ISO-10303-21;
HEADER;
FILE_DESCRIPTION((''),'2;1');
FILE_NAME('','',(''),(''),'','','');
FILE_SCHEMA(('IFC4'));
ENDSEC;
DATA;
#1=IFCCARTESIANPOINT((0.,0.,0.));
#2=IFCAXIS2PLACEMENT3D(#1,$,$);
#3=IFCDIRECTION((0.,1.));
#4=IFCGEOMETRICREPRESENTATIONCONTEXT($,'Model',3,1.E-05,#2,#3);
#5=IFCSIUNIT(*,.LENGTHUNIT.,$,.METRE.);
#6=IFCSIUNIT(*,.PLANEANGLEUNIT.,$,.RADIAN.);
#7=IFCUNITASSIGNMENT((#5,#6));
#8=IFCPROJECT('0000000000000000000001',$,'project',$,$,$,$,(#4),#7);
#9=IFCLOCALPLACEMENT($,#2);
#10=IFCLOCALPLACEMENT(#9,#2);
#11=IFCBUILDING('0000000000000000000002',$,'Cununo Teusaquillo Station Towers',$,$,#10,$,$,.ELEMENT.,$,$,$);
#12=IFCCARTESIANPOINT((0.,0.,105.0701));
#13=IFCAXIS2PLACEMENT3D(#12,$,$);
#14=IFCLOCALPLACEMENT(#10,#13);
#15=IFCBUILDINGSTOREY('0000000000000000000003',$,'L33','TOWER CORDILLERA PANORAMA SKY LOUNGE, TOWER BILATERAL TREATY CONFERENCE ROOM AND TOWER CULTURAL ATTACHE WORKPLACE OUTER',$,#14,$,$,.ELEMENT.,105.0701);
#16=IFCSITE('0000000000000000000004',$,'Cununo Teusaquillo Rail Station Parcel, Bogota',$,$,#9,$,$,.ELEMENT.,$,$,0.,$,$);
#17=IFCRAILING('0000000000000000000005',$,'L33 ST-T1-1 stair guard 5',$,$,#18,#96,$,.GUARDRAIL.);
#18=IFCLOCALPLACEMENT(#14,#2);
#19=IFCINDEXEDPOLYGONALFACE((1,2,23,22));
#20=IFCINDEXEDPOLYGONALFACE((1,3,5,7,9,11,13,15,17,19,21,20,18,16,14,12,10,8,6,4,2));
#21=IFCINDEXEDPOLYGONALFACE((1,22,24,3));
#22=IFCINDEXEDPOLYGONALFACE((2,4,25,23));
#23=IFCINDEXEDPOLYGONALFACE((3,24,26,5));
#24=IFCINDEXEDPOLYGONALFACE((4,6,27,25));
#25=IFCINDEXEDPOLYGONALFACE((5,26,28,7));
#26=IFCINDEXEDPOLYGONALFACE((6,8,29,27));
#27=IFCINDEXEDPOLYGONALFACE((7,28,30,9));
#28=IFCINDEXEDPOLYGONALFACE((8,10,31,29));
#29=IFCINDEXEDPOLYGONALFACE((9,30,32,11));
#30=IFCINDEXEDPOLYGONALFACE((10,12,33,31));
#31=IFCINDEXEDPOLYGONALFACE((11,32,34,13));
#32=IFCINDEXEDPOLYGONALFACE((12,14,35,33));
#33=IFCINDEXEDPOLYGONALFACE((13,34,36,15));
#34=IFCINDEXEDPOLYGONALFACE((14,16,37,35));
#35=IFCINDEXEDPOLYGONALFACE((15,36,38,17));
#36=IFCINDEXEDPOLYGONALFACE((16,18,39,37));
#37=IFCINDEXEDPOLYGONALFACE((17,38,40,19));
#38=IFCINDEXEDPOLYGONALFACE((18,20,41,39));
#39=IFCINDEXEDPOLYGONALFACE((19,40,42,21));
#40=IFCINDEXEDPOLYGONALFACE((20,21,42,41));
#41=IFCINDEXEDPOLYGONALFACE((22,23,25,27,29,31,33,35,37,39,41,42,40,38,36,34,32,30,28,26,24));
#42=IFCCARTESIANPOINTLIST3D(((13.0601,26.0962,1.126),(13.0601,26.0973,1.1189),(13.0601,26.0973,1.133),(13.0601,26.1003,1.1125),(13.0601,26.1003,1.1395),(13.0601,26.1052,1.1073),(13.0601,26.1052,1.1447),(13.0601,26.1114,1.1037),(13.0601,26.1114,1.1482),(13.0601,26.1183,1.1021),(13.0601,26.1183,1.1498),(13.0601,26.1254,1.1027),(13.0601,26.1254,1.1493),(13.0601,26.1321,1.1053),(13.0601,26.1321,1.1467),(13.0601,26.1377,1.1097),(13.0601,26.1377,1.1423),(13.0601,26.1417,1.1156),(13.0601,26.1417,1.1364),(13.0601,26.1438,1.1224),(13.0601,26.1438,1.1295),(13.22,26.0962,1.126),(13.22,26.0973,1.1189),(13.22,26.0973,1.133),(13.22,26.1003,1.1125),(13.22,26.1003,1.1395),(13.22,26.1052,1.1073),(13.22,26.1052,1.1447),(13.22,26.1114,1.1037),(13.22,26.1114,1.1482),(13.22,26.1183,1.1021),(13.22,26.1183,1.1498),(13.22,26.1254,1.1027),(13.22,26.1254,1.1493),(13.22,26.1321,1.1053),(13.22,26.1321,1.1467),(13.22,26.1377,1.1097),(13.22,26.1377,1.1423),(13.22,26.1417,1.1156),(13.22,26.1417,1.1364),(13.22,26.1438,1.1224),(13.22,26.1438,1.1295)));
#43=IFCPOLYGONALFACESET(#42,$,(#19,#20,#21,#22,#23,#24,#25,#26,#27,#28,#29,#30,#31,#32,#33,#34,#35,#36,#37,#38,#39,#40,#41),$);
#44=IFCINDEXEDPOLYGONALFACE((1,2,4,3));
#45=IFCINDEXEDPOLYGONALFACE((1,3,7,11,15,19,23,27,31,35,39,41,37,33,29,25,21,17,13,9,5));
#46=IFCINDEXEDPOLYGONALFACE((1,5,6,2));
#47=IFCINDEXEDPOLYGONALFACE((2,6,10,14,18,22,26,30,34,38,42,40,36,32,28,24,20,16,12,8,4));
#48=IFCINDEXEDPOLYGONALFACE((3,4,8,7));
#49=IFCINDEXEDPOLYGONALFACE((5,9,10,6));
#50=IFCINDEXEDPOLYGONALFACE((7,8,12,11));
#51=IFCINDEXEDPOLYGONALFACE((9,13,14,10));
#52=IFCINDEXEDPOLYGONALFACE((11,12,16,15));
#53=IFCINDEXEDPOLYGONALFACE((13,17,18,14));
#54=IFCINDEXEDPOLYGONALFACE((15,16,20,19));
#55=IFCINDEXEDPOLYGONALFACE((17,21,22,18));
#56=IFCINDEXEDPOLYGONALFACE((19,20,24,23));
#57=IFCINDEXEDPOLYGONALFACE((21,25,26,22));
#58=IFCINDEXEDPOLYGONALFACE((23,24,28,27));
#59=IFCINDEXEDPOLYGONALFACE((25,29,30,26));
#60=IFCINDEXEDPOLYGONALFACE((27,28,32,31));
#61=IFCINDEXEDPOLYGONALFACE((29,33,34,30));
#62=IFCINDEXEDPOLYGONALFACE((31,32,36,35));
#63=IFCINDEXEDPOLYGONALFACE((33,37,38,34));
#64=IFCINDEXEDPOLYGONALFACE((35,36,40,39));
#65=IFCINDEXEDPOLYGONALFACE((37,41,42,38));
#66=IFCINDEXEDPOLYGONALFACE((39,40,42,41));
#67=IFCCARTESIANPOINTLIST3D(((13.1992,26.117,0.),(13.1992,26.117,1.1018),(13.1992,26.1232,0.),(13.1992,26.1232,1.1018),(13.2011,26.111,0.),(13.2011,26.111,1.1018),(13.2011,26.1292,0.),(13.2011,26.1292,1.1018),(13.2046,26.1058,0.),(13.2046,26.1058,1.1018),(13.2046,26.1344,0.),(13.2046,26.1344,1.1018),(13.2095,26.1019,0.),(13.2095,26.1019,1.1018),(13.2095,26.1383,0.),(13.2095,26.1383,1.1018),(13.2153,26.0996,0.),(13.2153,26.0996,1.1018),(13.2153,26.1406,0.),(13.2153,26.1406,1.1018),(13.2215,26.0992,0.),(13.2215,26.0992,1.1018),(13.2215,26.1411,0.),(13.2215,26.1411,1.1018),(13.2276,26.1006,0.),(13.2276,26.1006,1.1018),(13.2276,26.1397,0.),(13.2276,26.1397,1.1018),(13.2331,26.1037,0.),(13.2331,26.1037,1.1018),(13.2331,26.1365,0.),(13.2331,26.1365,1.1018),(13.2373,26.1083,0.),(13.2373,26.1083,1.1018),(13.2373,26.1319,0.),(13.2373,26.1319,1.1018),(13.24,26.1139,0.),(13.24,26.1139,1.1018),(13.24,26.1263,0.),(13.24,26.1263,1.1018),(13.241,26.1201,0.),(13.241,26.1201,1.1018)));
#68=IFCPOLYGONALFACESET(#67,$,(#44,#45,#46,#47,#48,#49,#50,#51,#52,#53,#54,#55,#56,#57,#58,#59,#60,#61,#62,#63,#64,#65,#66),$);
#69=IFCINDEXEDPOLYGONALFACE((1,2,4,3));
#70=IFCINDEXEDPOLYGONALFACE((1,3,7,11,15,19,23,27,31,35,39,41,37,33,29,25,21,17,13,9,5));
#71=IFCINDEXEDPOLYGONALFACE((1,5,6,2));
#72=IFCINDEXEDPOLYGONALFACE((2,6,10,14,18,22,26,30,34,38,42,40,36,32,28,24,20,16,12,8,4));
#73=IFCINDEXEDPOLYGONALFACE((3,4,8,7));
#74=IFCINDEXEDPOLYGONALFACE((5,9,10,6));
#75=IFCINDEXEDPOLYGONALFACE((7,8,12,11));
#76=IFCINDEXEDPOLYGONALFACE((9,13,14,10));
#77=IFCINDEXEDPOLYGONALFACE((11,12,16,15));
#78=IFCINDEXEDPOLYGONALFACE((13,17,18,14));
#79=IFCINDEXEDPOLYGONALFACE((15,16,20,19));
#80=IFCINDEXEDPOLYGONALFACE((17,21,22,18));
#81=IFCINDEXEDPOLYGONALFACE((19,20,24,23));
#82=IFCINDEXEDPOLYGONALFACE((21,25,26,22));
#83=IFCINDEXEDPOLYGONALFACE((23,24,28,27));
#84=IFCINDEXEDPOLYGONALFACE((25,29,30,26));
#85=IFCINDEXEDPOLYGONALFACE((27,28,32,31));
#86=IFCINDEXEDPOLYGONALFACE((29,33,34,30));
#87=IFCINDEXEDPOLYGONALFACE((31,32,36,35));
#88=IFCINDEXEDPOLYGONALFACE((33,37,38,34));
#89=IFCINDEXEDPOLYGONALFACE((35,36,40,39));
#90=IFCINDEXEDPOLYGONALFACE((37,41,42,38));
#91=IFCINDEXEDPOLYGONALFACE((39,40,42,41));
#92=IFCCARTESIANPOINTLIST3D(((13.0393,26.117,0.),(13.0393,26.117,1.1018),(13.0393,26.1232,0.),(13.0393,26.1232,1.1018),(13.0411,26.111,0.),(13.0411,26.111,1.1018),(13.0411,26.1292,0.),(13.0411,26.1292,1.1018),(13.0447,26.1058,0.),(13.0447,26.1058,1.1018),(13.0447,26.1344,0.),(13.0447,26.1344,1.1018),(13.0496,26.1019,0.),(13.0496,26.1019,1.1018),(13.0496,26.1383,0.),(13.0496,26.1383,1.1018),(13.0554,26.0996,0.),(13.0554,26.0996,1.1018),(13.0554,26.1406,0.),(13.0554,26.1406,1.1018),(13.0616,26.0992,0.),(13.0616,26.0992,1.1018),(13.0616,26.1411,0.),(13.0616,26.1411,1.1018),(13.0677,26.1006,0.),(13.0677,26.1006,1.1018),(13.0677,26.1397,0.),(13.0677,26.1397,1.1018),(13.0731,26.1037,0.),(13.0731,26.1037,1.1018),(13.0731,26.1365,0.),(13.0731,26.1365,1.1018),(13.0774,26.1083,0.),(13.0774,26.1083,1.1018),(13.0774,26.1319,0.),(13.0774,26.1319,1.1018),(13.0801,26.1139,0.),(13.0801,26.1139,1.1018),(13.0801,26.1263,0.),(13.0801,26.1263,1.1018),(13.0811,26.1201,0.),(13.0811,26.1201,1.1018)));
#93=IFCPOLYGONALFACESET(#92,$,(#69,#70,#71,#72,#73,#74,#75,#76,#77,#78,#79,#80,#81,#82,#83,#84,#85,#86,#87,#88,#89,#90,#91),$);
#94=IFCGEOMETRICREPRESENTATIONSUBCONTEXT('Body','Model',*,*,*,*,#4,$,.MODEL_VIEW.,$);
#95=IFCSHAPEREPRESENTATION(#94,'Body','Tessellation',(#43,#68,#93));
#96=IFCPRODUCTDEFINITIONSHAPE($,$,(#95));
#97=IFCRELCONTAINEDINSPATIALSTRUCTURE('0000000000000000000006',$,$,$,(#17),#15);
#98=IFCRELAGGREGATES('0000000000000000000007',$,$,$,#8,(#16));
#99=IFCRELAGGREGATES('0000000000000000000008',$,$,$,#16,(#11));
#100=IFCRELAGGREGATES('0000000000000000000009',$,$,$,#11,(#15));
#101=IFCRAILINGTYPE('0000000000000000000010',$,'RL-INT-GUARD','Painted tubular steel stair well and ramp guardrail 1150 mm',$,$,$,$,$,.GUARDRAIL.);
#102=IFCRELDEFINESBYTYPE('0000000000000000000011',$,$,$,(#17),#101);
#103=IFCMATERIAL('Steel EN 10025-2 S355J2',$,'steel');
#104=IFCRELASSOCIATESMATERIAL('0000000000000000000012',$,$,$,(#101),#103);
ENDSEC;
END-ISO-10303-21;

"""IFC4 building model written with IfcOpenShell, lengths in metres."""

from ifc_helpers import new_model, si_unit, direction, frame, origin, origin_2d, place, context, subcontext, project, spatial, circle, extrude, material, type_object, element, save


model = new_model("IFC4")

# Units and contexts
model_context = context("Model", 3, precision=1e-05, world=origin(), true_north=direction((0.0, 1.0)))
body_context = subcontext(model_context, "Body", "Model", "MODEL_VIEW")
ifc_project = project(units=[si_unit("LENGTHUNIT", "METRE"), si_unit("PLANEANGLEUNIT", "RADIAN")], contexts=[model_context])

# Site, building, storey
site_placement = place(None, origin())
site = spatial("IfcSite", under=ifc_project, at=site_placement, Name="Cununo Teusaquillo Rail Station Parcel, Bogota", CompositionType="ELEMENT", RefElevation=0.0)
building_placement = place(site_placement, origin())
building = spatial("IfcBuilding", under=site, at=building_placement, Name="Cununo Teusaquillo Station Towers", CompositionType="ELEMENT")
storey_placement = place(building_placement, frame((0.0, 0.0, 105.0701)))
storey = spatial("IfcBuildingStorey", under=building, at=storey_placement, Name="L33", Description="TOWER CORDILLERA PANORAMA SKY LOUNGE, TOWER BILATERAL TREATY CONFERENCE ROOM AND TOWER CULTURAL ATTACHE WORKPLACE OUTER", CompositionType="ELEMENT", Elevation=105.0701)

# Railing
ifc_material_1 = material(Name="Steel EN 10025-2 S355J2", Category="steel")
railing_type_1 = type_object("IfcRailingType", Name="RL-INT-GUARD", Description="Painted tubular steel stair well and ramp guardrail 1150 mm", PredefinedType="GUARDRAIL", material=ifc_material_1)
railing_1_placement = place(storey_placement, frame((13.22, 26.1201, 0.0)))
element("IfcRailing", 1, at=railing_1_placement, inside=storey, type_object=railing_type_1, Name="L33 ST-T1-1 stair guard 5", PredefinedType="GUARDRAIL", context=body_context, shape_type="SweptSolid", body=[
    extrude(circle(Radius=0.0239, at=origin_2d()), frame((0.0, 0.0, 1.126), z_axis=(-1.0, 0.0, 0.0), x_axis=(0.0, -1.0, 0.0)), (0.0, 0.0, 1.0), 0.1599),
    extrude(circle(Radius=0.021, at=origin_2d()), origin(), (0.0, 0.0, 1.0), 1.1018),
    extrude(circle(Radius=0.021, at=origin_2d()), frame((-0.1599, 0.0, 0.0)), (0.0, 0.0, 1.0), 1.1018),
])

save(model, "model.ifc")
